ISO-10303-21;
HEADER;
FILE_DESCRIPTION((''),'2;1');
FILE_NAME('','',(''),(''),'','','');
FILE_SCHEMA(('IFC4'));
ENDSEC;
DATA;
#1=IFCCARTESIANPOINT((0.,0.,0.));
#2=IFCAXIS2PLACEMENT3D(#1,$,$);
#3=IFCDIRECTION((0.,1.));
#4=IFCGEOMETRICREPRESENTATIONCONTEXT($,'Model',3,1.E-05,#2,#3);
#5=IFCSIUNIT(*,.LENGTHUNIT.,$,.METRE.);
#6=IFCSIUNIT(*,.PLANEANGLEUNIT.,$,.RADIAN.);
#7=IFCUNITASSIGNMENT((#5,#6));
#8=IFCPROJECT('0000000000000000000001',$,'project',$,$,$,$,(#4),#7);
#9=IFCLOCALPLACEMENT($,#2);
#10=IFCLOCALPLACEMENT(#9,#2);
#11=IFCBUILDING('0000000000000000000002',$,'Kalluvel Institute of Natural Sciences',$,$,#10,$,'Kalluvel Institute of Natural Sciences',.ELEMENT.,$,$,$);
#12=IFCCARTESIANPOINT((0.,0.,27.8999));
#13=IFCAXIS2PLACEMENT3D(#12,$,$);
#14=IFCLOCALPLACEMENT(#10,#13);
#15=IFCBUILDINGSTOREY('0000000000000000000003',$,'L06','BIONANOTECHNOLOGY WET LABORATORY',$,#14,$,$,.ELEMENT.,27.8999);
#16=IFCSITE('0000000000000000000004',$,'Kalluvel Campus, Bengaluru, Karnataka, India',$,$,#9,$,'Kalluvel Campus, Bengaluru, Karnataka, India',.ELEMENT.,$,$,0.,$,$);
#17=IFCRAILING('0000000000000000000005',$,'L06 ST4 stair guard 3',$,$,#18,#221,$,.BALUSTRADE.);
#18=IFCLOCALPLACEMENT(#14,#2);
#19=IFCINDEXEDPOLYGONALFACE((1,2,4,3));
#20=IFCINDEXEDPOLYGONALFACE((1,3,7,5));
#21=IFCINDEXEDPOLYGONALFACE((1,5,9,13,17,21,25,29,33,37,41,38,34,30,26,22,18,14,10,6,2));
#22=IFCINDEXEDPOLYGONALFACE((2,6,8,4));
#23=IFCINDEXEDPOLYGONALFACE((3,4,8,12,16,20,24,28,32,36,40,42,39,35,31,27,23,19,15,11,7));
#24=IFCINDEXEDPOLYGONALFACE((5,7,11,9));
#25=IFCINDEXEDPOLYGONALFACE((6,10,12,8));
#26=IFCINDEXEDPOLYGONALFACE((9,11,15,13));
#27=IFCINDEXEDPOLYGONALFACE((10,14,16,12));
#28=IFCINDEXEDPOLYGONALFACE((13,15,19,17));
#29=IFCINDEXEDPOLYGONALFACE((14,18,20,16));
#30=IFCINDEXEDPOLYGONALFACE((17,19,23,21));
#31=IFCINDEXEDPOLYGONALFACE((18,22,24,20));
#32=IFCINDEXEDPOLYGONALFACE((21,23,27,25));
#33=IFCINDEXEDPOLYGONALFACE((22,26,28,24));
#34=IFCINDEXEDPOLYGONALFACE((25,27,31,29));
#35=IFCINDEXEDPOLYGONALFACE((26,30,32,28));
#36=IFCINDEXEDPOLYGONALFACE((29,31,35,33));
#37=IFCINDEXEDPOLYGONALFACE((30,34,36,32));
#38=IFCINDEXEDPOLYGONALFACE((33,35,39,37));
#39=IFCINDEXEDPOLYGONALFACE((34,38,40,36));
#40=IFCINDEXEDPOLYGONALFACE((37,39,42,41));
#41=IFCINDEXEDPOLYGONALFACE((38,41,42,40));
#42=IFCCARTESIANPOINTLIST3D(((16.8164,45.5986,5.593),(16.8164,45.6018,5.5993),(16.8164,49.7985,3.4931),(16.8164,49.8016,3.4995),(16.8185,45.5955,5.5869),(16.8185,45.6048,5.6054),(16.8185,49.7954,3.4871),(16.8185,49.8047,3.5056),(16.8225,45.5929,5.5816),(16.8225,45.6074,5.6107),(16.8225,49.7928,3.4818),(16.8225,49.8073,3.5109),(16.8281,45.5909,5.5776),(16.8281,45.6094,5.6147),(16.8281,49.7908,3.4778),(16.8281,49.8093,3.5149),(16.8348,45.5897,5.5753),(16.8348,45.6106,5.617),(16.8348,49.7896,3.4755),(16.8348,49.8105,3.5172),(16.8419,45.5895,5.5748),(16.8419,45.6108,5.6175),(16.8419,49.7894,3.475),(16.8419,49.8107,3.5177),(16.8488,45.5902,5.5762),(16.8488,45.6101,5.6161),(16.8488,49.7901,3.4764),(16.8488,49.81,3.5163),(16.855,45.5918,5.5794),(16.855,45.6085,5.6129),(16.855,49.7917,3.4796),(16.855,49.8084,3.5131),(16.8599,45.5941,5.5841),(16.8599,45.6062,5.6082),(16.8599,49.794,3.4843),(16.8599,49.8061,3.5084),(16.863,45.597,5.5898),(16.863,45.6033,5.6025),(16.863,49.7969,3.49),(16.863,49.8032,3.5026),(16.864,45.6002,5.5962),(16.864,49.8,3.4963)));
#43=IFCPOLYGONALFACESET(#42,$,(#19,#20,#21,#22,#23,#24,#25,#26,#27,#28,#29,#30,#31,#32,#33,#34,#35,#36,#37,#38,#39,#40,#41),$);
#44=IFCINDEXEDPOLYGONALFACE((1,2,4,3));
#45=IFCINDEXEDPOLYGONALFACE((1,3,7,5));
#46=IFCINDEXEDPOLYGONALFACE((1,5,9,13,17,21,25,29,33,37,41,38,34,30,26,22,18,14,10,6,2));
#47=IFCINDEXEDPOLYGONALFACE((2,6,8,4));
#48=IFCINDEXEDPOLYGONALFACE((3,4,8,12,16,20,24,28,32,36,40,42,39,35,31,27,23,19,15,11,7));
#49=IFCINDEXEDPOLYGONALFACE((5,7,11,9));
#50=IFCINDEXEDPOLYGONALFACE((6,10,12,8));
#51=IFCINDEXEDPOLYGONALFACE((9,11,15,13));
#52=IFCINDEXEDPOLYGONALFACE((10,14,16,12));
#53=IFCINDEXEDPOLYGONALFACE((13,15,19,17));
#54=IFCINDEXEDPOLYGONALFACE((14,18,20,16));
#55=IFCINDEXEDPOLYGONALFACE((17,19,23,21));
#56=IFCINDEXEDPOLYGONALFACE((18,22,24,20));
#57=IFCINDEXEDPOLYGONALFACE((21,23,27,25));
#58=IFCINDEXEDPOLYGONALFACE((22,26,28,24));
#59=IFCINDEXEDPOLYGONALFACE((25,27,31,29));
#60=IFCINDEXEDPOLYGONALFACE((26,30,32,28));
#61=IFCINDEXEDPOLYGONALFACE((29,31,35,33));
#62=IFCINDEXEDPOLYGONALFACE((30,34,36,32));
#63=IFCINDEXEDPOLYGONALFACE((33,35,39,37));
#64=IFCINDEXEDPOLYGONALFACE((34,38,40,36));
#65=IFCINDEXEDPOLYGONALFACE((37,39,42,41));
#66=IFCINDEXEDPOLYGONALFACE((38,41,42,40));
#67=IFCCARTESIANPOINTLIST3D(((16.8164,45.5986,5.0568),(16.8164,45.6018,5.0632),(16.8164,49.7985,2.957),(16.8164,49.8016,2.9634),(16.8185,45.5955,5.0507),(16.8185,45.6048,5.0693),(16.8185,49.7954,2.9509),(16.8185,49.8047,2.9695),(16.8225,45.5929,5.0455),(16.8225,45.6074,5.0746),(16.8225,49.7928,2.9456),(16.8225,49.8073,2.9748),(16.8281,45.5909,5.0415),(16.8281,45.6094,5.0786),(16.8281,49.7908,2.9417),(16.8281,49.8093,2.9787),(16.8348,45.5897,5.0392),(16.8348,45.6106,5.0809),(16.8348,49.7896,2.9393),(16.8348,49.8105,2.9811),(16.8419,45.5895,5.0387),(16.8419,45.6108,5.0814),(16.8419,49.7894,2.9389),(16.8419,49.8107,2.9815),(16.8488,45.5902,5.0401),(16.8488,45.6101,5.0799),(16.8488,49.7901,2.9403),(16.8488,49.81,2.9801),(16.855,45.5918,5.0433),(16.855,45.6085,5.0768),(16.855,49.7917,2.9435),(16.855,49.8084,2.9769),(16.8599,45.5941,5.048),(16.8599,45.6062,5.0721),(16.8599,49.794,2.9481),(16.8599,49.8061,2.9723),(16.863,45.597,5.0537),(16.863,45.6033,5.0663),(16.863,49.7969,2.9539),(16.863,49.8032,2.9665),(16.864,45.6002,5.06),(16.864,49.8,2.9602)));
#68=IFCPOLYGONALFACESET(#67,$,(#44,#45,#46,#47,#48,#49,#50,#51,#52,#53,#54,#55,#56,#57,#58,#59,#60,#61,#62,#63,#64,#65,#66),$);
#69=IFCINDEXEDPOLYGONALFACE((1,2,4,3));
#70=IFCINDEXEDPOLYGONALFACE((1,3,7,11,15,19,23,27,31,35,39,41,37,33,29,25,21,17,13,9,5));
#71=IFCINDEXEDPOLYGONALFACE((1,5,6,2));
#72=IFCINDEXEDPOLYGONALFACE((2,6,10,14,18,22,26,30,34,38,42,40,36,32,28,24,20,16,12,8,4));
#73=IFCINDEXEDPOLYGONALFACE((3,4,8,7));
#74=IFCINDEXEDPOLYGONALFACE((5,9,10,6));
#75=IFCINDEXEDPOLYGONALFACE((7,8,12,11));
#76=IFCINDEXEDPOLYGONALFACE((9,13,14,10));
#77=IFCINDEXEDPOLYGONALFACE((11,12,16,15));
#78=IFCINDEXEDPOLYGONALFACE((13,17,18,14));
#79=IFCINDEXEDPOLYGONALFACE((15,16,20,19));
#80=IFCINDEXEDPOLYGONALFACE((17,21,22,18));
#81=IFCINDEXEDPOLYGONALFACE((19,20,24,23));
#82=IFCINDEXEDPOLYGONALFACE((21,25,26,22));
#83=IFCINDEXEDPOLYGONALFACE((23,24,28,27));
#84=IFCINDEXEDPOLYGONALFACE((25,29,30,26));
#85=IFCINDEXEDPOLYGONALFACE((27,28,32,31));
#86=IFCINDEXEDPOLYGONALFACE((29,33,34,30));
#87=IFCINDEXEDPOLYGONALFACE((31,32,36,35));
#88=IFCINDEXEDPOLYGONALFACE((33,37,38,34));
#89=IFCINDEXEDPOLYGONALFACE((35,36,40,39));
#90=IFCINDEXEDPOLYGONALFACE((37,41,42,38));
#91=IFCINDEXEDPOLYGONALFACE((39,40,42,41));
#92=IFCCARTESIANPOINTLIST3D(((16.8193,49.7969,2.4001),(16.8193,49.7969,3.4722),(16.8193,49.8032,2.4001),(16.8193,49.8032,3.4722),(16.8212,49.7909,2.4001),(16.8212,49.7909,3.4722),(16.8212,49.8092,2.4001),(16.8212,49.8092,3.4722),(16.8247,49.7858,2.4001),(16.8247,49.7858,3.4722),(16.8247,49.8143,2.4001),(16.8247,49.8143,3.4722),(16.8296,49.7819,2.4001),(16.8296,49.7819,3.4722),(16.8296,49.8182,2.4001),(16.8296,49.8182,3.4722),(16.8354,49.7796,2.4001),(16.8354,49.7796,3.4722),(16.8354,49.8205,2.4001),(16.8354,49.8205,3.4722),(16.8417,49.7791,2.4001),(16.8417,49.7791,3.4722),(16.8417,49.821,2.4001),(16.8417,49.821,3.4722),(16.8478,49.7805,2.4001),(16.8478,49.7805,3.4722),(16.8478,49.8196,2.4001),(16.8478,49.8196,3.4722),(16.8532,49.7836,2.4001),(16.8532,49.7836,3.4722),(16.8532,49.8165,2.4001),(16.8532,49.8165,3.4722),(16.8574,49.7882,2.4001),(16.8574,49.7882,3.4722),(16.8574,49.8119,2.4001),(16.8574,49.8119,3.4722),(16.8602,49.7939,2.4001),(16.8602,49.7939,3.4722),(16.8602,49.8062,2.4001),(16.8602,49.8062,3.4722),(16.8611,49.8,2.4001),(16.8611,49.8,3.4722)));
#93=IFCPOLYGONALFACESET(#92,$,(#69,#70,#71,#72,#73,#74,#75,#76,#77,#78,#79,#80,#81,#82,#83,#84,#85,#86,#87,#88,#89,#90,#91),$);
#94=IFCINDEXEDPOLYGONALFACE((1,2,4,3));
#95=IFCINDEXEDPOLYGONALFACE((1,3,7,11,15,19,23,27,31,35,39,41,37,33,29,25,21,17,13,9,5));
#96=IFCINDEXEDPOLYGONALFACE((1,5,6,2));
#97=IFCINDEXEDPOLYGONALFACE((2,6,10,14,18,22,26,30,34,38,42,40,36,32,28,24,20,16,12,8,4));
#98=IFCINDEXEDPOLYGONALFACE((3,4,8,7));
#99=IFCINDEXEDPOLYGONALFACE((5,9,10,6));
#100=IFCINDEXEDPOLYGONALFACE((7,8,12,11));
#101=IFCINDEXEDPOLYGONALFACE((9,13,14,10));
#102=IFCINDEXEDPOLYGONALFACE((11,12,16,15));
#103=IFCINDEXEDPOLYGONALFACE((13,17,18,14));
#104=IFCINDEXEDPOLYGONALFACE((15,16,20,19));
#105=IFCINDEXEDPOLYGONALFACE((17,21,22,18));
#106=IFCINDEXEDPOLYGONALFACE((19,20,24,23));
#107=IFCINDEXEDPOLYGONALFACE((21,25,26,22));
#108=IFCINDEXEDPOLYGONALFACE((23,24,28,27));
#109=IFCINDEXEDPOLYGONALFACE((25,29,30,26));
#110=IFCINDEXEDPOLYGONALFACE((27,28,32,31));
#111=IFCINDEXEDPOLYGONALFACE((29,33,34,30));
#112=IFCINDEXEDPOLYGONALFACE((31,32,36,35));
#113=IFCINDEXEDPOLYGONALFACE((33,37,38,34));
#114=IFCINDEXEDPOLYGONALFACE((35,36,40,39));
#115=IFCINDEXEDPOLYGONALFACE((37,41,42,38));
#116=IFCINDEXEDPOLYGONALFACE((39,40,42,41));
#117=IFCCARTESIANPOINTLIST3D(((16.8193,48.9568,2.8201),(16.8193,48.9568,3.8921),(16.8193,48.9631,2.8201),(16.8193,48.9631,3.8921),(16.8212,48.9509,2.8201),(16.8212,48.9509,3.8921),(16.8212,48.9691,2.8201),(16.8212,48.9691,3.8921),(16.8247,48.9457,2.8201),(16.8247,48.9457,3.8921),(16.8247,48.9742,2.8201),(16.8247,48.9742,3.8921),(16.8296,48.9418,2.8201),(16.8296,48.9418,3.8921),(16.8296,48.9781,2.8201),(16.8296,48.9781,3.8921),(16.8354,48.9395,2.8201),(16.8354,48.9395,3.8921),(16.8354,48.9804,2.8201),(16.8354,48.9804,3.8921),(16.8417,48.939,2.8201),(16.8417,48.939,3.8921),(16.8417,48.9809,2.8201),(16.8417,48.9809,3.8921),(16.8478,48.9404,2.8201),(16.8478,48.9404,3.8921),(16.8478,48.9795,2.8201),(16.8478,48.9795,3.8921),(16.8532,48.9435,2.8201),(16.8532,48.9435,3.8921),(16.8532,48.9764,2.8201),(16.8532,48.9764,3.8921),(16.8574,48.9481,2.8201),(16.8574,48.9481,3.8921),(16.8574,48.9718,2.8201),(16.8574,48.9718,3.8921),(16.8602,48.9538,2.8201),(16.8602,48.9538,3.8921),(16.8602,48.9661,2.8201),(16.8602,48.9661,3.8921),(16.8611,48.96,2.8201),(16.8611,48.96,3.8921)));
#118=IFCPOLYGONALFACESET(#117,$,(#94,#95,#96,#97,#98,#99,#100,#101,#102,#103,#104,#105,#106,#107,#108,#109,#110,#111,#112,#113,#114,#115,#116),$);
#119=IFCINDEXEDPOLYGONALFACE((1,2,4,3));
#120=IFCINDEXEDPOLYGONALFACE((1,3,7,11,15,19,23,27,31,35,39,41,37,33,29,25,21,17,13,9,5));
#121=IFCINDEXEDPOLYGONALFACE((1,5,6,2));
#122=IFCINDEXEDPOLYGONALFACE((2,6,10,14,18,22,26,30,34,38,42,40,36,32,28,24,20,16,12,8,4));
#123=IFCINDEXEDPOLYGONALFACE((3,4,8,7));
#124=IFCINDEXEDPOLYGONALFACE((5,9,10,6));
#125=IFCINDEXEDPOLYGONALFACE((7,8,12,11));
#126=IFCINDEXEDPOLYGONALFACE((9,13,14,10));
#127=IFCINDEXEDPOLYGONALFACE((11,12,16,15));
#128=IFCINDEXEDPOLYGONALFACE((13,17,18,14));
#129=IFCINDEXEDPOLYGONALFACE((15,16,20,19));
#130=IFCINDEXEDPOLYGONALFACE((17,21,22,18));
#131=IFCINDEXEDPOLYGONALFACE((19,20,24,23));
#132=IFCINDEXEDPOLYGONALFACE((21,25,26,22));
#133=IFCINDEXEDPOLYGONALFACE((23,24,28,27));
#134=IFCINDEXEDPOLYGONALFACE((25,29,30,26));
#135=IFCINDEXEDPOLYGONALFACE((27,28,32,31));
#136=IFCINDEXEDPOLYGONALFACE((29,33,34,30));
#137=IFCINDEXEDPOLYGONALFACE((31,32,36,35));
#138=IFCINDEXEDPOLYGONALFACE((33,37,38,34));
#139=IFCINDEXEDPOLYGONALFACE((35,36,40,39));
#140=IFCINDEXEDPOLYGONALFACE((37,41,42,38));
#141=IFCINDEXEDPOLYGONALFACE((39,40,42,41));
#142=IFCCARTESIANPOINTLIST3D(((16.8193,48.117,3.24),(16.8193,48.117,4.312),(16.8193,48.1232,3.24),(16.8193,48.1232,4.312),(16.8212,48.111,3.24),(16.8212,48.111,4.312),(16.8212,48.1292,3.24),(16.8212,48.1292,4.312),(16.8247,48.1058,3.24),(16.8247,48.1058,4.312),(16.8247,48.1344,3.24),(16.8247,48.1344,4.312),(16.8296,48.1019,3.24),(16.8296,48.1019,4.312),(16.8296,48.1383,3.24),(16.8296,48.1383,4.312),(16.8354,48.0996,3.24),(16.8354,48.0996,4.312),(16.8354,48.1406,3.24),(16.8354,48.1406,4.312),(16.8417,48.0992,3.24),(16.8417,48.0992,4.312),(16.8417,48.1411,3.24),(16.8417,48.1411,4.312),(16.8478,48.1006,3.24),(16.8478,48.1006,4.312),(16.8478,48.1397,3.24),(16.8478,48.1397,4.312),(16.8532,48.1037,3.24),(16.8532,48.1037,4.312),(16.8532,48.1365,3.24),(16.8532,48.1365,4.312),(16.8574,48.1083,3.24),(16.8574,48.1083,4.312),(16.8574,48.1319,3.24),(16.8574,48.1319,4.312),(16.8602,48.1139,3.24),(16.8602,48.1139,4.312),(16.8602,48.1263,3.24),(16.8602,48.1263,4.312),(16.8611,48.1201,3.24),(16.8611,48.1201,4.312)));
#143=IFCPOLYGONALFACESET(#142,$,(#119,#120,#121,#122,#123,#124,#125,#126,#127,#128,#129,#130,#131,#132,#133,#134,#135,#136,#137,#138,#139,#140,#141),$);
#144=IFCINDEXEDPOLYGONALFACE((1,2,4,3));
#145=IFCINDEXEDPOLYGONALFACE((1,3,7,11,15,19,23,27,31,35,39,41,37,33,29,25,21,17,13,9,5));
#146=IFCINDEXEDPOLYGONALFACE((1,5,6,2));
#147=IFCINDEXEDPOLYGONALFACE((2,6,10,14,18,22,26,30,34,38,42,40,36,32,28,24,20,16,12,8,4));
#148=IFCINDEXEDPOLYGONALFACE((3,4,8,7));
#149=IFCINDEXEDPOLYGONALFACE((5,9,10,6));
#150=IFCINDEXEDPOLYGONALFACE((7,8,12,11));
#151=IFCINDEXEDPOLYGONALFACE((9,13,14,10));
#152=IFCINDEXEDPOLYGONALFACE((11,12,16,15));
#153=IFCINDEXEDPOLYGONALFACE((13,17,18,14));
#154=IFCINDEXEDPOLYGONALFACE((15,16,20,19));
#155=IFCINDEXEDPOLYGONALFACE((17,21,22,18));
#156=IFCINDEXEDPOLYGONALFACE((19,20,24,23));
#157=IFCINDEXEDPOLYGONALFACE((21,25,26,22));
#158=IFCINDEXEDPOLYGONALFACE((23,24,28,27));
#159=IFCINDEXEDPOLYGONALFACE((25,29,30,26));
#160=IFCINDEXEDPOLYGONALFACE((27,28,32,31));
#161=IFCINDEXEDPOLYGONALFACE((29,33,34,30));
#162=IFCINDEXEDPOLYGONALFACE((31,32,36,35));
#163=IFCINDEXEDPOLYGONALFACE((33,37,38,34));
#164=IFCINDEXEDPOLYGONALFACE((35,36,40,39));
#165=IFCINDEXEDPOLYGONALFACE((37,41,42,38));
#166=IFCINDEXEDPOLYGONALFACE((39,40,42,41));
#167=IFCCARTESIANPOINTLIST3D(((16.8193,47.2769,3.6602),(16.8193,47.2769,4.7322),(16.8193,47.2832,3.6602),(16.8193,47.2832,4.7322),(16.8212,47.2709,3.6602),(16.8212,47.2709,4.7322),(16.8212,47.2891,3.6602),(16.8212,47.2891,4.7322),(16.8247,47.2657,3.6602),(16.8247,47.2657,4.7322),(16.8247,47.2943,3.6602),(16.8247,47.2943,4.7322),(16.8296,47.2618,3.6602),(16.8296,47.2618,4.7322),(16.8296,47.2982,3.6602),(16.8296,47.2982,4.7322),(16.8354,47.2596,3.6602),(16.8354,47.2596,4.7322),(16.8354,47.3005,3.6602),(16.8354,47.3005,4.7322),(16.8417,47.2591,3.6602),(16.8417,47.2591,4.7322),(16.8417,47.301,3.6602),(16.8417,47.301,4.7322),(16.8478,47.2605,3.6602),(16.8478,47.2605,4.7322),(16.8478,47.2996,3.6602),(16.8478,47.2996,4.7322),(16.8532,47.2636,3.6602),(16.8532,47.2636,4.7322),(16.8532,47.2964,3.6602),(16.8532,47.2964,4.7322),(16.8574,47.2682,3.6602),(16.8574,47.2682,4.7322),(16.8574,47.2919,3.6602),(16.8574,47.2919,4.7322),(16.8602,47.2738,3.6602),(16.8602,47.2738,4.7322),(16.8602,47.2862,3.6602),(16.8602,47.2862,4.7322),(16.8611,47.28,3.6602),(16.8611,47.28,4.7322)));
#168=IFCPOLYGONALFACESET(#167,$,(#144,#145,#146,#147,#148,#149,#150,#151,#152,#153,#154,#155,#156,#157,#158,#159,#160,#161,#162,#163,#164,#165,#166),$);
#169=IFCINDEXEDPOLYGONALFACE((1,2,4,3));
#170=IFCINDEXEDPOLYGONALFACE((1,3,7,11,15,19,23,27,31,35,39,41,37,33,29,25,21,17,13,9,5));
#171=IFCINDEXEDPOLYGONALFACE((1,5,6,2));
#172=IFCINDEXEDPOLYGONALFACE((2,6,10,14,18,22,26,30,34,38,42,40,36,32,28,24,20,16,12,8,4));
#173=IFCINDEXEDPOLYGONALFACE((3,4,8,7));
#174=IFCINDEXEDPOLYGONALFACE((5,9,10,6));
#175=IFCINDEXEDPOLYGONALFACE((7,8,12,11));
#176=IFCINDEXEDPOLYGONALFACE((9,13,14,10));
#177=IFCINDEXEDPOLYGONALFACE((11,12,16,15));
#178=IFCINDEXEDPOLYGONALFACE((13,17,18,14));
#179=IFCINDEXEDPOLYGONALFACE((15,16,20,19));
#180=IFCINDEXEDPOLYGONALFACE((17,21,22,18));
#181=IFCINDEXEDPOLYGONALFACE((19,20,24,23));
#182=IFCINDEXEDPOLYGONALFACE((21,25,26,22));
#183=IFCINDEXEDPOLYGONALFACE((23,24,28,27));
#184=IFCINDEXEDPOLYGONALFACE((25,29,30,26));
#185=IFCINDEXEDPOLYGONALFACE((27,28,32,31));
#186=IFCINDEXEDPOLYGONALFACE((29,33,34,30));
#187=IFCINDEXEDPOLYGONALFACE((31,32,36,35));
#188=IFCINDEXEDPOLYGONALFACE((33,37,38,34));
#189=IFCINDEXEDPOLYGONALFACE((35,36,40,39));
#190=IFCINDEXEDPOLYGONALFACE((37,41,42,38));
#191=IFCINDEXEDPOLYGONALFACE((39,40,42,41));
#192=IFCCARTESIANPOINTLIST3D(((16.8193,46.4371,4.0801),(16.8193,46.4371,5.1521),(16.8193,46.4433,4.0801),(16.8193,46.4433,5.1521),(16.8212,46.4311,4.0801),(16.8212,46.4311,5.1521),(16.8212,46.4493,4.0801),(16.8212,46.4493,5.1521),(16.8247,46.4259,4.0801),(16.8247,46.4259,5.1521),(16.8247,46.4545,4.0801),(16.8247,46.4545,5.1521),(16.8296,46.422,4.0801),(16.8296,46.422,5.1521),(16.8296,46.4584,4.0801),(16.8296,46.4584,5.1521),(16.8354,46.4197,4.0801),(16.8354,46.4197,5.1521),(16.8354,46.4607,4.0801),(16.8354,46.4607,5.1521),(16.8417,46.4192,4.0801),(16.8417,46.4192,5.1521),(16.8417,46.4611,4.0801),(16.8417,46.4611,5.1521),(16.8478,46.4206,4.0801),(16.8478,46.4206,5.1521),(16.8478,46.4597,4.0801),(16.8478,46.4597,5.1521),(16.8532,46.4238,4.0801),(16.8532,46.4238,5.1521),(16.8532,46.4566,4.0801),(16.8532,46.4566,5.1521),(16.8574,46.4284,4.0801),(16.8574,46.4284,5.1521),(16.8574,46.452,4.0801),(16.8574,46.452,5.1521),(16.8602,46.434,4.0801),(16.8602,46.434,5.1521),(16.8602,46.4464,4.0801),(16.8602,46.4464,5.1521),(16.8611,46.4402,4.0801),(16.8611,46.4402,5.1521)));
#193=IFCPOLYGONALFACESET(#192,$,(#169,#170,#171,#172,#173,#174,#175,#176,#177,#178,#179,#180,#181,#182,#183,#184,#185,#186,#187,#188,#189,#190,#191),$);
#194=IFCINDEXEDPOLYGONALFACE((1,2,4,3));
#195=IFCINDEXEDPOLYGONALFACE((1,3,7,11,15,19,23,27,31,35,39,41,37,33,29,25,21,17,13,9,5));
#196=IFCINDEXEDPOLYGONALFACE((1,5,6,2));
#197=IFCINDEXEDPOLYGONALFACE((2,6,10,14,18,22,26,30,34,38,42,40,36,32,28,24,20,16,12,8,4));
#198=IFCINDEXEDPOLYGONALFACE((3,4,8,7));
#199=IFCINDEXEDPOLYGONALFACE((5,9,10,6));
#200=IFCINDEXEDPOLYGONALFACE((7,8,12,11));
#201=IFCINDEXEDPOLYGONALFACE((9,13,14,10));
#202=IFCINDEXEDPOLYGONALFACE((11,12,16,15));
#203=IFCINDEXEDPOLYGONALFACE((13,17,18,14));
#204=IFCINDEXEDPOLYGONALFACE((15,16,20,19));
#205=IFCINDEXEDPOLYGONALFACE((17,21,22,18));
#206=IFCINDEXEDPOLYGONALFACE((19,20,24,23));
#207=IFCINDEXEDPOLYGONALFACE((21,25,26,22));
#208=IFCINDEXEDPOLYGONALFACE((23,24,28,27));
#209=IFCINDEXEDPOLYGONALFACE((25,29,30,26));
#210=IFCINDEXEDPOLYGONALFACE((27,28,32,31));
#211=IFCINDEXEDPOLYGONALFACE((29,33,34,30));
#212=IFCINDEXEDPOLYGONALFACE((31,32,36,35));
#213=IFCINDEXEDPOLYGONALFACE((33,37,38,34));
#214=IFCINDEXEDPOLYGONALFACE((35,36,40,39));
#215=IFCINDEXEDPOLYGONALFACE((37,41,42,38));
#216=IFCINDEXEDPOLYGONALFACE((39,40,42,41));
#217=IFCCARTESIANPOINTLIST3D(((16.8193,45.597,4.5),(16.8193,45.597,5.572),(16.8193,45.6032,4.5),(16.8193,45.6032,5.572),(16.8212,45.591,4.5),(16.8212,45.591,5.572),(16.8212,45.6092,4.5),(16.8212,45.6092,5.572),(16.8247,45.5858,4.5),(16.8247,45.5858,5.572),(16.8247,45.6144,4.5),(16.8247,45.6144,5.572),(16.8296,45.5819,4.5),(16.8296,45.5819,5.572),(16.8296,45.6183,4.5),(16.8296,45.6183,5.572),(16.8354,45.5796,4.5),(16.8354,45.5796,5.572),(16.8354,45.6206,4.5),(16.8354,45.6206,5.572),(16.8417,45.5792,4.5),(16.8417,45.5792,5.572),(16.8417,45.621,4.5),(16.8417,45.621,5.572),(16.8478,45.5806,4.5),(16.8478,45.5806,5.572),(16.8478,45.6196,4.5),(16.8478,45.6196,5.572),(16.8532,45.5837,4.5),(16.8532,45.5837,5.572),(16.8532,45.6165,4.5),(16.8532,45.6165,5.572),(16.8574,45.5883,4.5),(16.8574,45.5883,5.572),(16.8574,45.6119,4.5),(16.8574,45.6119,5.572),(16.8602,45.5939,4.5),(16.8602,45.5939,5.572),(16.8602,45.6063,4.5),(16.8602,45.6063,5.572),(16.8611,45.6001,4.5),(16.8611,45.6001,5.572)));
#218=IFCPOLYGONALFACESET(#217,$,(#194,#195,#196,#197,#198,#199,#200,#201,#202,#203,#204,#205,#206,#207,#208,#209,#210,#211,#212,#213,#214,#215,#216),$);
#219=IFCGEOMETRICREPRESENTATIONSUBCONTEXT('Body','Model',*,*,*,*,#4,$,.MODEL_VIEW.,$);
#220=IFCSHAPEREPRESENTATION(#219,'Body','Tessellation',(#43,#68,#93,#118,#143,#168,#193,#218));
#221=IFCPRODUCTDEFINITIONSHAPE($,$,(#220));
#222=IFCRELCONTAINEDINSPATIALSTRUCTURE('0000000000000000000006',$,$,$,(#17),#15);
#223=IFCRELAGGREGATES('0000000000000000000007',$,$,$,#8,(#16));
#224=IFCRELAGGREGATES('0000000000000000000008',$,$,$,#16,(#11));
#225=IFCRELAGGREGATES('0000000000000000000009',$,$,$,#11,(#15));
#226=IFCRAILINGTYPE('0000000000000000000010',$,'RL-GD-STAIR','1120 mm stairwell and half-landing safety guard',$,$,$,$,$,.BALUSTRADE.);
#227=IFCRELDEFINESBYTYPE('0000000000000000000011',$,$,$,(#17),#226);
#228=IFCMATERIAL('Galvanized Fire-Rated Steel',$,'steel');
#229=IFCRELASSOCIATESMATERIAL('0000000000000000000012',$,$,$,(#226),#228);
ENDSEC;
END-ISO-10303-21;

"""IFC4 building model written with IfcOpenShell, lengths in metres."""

from ifc_helpers import new_model, si_unit, direction, frame, origin, origin_2d, place, context, subcontext, project, spatial, circle, extrude, material, type_object, element, save


model = new_model("IFC4")

# Units and contexts
model_context = context("Model", 3, precision=1e-05, world=origin(), true_north=direction((0.0, 1.0)))
body_context = subcontext(model_context, "Body", "Model", "MODEL_VIEW")
ifc_project = project(units=[si_unit("LENGTHUNIT", "METRE"), si_unit("PLANEANGLEUNIT", "RADIAN")], contexts=[model_context])

# Site, building, storey
site_placement = place(None, origin())
site = spatial("IfcSite", under=ifc_project, at=site_placement, Name="Kalluvel Campus, Bengaluru, Karnataka, India", LongName="Kalluvel Campus, Bengaluru, Karnataka, India", CompositionType="ELEMENT", RefElevation=0.0)
building_placement = place(site_placement, origin())
building = spatial("IfcBuilding", under=site, at=building_placement, Name="Kalluvel Institute of Natural Sciences", LongName="Kalluvel Institute of Natural Sciences", CompositionType="ELEMENT")
storey_placement = place(building_placement, frame((0.0, 0.0, 27.8999)))
storey = spatial("IfcBuildingStorey", under=building, at=storey_placement, Name="L06", Description="BIONANOTECHNOLOGY WET LABORATORY", CompositionType="ELEMENT", Elevation=27.8999)

# Shared definitions
ifc_material_1 = material(Name="Galvanized Fire-Rated Steel", Category="steel")

# Railing
railing_type_1 = type_object("IfcRailingType", Name="RL-GD-STAIR", Description="1120 mm stairwell and half-landing safety guard", PredefinedType="BALUSTRADE", material=ifc_material_1)
railing_1_placement = place(storey_placement, frame((16.8401, 49.8, 2.4001)))
element("IfcRailing", 1, at=railing_1_placement, inside=storey, type_object=railing_type_1, Name="L06 ST4 stair guard 3", PredefinedType="BALUSTRADE", context=body_context, shape_type="SweptSolid", body=[
    extrude(circle(Radius=0.0239, at=origin_2d()), frame((0.0, 0.0, 1.0962), z_axis=(0.0, -0.894438, 0.447193), x_axis=(1.0, 0.0, 0.0)), (0.0, 0.0, 1.0), 4.6956),
    extrude(circle(Radius=0.0239, at=origin_2d()), frame((0.0, 0.0, 0.5601), z_axis=(0.0, -0.894438, 0.447193), x_axis=(1.0, 0.0, 0.0)), (0.0, 0.0, 1.0), 4.6956),
    extrude(circle(Radius=0.021, at=origin_2d()), origin(), (0.0, 0.0, 1.0), 1.072),
    extrude(circle(Radius=0.021, at=origin_2d()), frame((0.0, -0.8401, 0.4199)), (0.0, 0.0, 1.0), 1.072),
    extrude(circle(Radius=0.021, at=origin_2d()), frame((0.0, -1.6799, 0.8398)), (0.0, 0.0, 1.0), 1.072),
    extrude(circle(Radius=0.021, at=origin_2d()), frame((0.0, -2.52, 1.26)), (0.0, 0.0, 1.0), 1.072),
    extrude(circle(Radius=0.021, at=origin_2d()), frame((0.0, -3.3599, 1.6799)), (0.0, 0.0, 1.0), 1.072),
    extrude(circle(Radius=0.021, at=origin_2d()), frame((0.0, -4.2, 2.0999)), (0.0, 0.0, 1.0), 1.072),
])

save(model, "model.ifc")
